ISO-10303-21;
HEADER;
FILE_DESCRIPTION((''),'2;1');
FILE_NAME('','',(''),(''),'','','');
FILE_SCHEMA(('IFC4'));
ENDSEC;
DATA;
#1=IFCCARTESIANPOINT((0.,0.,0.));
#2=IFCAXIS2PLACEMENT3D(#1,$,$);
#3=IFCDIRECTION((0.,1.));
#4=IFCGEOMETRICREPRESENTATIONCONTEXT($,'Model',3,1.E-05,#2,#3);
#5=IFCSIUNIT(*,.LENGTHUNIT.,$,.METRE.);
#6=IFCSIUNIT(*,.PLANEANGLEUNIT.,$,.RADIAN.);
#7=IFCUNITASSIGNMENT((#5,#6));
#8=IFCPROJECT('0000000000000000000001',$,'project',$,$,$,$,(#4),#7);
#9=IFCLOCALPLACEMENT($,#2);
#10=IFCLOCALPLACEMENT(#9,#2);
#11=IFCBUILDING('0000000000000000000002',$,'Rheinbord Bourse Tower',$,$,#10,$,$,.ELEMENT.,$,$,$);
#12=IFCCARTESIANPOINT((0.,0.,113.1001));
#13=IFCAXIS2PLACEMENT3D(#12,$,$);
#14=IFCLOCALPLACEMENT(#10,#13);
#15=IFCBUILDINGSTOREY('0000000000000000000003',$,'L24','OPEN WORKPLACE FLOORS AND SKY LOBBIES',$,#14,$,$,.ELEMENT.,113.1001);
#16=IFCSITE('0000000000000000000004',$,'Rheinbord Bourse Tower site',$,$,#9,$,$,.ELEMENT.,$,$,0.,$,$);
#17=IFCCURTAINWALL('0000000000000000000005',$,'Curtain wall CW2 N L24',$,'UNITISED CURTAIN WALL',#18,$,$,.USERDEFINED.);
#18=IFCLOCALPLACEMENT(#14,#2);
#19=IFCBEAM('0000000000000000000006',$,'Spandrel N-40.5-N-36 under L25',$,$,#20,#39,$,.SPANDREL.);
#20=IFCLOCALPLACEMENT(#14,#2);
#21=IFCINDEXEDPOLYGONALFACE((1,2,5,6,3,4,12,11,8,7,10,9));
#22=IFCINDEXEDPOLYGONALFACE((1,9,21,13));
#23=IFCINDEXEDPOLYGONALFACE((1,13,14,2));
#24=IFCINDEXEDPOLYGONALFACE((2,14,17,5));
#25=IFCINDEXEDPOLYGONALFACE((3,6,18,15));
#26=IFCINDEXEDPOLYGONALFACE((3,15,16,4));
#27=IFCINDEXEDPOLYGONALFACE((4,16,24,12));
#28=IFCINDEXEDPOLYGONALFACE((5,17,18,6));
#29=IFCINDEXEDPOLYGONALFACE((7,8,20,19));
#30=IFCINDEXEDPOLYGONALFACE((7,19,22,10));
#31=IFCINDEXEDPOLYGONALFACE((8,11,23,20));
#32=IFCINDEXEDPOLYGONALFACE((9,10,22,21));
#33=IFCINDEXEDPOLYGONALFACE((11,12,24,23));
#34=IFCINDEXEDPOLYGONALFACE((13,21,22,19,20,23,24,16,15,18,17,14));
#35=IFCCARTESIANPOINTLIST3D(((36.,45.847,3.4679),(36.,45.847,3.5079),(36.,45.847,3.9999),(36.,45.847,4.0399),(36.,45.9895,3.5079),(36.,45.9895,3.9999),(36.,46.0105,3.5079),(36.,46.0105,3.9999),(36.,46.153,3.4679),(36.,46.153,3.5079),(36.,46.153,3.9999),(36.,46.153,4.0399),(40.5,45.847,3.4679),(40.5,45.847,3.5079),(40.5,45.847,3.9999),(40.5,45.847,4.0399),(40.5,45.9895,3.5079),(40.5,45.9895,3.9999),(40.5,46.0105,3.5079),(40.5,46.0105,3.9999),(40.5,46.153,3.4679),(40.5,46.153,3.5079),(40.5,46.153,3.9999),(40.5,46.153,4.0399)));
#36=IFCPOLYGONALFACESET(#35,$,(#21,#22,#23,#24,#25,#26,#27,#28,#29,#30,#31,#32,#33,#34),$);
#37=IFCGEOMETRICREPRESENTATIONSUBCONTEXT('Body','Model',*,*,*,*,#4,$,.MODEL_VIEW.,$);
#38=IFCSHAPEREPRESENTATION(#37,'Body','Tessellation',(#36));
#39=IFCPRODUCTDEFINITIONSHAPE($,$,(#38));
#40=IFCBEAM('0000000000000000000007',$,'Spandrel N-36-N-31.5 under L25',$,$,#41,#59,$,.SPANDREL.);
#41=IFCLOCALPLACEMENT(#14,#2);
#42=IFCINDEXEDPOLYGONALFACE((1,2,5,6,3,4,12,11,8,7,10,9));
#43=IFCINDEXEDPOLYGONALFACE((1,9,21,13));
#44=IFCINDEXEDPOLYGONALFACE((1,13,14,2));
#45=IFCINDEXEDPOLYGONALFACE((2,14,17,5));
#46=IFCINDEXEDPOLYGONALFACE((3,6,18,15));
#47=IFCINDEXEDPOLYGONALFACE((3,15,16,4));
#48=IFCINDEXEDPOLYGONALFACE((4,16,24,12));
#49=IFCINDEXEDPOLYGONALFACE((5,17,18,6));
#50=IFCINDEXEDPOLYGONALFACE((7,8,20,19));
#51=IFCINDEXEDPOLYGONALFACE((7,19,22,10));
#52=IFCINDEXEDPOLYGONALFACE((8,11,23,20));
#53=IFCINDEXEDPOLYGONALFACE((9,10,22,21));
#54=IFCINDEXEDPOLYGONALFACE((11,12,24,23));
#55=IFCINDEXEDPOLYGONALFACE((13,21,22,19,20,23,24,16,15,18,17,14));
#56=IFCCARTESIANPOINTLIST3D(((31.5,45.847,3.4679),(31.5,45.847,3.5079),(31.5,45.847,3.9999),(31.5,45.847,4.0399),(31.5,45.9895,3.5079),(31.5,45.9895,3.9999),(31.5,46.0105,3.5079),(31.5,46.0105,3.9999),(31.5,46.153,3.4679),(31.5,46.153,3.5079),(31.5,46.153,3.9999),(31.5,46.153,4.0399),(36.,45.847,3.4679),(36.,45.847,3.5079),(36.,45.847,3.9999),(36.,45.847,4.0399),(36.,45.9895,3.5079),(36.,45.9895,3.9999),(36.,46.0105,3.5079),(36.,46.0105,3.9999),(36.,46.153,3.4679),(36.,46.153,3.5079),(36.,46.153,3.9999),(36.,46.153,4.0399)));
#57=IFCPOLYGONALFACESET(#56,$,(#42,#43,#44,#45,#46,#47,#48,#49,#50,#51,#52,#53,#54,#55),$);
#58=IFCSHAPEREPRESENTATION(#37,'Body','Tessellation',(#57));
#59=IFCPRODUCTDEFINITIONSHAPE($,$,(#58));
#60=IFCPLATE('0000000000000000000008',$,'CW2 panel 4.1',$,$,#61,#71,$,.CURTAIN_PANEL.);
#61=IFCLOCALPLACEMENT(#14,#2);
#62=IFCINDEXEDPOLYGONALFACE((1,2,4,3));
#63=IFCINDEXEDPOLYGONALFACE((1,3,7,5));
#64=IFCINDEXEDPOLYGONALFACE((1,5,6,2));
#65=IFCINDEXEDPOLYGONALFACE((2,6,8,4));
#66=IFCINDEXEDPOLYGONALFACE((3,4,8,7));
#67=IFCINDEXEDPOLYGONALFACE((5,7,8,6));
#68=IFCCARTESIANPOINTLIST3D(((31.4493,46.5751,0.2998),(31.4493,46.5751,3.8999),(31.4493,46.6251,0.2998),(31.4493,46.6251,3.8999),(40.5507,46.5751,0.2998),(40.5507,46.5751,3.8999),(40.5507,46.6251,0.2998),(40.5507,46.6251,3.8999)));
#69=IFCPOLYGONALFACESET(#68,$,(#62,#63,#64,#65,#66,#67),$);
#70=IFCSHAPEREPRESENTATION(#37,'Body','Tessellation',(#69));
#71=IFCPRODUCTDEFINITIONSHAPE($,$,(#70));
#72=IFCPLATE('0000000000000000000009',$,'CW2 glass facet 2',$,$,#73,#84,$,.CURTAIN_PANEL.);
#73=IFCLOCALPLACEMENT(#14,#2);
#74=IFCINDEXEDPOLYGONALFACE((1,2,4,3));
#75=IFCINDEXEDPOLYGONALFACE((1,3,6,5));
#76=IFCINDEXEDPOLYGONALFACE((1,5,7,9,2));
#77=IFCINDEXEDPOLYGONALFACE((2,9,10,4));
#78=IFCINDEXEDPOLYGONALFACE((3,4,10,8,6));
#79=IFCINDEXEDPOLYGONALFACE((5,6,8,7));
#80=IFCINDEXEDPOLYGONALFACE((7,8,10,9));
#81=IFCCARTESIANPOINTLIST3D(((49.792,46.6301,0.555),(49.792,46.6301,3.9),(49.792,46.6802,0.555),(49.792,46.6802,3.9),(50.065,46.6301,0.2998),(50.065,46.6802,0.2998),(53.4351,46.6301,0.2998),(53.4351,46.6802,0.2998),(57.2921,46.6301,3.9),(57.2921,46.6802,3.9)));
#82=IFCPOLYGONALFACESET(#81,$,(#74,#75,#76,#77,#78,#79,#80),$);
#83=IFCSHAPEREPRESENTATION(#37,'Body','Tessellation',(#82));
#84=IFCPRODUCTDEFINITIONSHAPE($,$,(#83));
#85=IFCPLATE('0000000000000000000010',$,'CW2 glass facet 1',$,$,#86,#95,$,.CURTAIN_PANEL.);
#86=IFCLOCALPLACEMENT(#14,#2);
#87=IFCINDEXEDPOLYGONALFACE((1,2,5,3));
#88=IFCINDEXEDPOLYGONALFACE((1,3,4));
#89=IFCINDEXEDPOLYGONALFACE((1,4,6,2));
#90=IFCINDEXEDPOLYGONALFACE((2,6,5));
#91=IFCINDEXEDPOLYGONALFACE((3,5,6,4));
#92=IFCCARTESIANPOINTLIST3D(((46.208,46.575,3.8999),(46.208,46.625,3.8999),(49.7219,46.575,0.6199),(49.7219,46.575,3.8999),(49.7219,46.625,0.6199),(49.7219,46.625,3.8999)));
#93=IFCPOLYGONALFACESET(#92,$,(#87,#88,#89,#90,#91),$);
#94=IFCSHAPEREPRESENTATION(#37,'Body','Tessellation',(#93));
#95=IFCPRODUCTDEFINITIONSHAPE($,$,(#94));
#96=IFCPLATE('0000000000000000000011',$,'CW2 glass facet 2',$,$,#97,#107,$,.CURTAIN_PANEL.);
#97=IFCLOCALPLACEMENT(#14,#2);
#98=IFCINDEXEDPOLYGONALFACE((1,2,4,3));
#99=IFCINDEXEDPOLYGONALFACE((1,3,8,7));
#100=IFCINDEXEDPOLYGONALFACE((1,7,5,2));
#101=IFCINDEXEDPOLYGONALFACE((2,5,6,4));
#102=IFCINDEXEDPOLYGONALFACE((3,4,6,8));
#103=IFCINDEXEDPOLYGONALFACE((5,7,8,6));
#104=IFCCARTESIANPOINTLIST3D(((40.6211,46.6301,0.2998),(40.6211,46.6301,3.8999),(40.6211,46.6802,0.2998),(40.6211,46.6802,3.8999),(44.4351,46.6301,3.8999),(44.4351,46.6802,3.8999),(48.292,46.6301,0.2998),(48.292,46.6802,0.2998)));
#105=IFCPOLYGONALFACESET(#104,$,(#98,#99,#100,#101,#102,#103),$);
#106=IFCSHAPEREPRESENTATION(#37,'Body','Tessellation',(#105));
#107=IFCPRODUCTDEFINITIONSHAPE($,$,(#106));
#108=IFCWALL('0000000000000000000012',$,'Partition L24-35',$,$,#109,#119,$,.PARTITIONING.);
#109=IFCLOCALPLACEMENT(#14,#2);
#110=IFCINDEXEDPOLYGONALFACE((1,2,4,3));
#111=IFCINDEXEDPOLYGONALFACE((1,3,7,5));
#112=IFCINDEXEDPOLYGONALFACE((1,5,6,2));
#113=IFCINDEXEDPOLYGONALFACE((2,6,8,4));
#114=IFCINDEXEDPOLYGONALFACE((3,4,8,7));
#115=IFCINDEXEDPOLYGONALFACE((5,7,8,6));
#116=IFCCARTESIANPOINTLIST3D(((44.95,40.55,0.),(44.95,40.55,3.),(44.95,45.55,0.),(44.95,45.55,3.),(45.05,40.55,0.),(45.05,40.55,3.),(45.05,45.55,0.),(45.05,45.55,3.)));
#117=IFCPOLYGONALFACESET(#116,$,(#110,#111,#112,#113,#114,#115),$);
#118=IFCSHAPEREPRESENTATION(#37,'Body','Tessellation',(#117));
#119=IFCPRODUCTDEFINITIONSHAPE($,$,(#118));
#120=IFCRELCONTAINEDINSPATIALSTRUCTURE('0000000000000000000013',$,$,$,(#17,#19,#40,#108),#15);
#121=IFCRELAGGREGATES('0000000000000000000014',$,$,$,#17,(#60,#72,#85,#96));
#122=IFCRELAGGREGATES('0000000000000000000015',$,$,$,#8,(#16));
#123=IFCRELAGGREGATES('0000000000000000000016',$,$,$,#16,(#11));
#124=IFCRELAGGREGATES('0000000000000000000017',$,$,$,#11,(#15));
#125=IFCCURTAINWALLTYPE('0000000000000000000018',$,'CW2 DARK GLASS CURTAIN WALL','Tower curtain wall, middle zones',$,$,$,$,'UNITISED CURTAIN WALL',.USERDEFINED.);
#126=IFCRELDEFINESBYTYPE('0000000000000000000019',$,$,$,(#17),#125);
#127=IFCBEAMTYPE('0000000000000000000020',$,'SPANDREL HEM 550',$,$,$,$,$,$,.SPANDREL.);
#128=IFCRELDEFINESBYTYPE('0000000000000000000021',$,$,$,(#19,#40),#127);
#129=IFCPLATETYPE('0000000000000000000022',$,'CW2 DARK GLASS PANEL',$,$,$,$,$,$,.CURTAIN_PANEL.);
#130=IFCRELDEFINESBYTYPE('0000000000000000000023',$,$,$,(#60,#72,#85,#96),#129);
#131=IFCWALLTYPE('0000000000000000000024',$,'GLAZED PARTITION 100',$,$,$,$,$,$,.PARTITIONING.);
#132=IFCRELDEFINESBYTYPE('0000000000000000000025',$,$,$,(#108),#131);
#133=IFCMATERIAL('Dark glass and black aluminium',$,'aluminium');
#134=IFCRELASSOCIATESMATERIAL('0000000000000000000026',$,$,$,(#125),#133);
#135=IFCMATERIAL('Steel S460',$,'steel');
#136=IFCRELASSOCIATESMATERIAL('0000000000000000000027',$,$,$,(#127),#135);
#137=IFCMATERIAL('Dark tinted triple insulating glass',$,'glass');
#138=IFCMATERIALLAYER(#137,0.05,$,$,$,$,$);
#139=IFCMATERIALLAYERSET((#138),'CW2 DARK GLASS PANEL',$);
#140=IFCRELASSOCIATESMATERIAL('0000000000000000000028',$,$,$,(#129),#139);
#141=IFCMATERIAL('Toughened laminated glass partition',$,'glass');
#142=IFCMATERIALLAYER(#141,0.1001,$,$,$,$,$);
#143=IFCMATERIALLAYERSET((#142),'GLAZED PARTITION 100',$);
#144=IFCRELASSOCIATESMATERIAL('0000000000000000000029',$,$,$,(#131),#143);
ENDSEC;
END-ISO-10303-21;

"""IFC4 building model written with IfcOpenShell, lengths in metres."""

from ifc_helpers import new_model, si_unit, direction, frame, frame_2d, origin, origin_2d, place, context, subcontext, project, spatial, polyline, rectangle, i_section, outline, extrude, material, layer, layer_set, material_profile, profile_set, type_object, element, aggregate, save


model = new_model("IFC4")

# Units and contexts
model_context = context("Model", 3, precision=1e-05, world=origin(), true_north=direction((0.0, 1.0)))
body_context = subcontext(model_context, "Body", "Model", "MODEL_VIEW")
ifc_project = project(units=[si_unit("LENGTHUNIT", "METRE"), si_unit("PLANEANGLEUNIT", "RADIAN")], contexts=[model_context])

# Site, building, storey
site_placement = place(None, origin())
site = spatial("IfcSite", under=ifc_project, at=site_placement, Name="Rheinbord Bourse Tower site", CompositionType="ELEMENT", RefElevation=0.0)
building_placement = place(site_placement, origin())
building = spatial("IfcBuilding", under=site, at=building_placement, Name="Rheinbord Bourse Tower", CompositionType="ELEMENT")
storey_placement = place(building_placement, frame((0.0, 0.0, 113.1001)))
storey = spatial("IfcBuildingStorey", under=building, at=storey_placement, Name="L24", Description="OPEN WORKPLACE FLOORS AND SKY LOBBIES", CompositionType="ELEMENT", Elevation=113.1001)

# Curtain wall
ifc_material_1 = material(Name="Dark glass and black aluminium", Category="aluminium")
curtain_wall_type = type_object("IfcCurtainWallType", Name="CW2 DARK GLASS CURTAIN WALL", Description="Tower curtain wall, middle zones", ElementType="UNITISED CURTAIN WALL", PredefinedType="USERDEFINED", material=ifc_material_1)
curtain_wall_placement = place(storey_placement, origin())
curtain_wall = element("IfcCurtainWall", 1, at=curtain_wall_placement, inside=storey, type_object=curtain_wall_type, Name="Curtain wall CW2 N L24", ObjectType="UNITISED CURTAIN WALL", PredefinedType="USERDEFINED")

# Beams
ifc_material_2 = material(Name="Steel S460", Category="steel")
ifc_material_profile_1 = material_profile(ifc_material_2, i_section(OverallWidth=0.3059, OverallDepth=0.572, WebThickness=0.021, FlangeThickness=0.04, at=origin_2d()), Name="HEM 550")
ifc_profile_set_1 = profile_set([ifc_material_profile_1], Name="Steel S460")
beam_type_1 = type_object("IfcBeamType", Name="SPANDREL HEM 550", PredefinedType="SPANDREL", material=ifc_profile_set_1)
for number, where, z_axis, x_axis, name in (
    (2, (40.5, 46.0, 3.7539), (-1.0, 0.0, 0.0), (0.0, -1.0, 0.0), "Spandrel N-40.5-N-36 under L25"),
    (3, (36.0, 46.0, 3.7539), (-1.0, 0.0, 0.0), (0.0, -1.0, 0.0), "Spandrel N-36-N-31.5 under L25"),
):
    element("IfcBeam", number, at=place(storey_placement, frame(where, z_axis=z_axis, x_axis=x_axis)), inside=storey, type_object=beam_type_1, Name=name, PredefinedType="SPANDREL", context=body_context, shape_type="SweptSolid", body=[
        extrude(i_section(OverallWidth=0.3059, OverallDepth=0.572, WebThickness=0.021, FlangeThickness=0.04, at=origin_2d()), origin(), (0.0, 0.0, 1.0), 4.5),
    ])

# Plates
ifc_material_3 = material(Name="Dark tinted triple insulating glass", Category="glass")
ifc_layer_1 = layer(ifc_material_3, 0.05)
ifc_layer_set_1 = layer_set([ifc_layer_1], Name="CW2 DARK GLASS PANEL")
plate_type = type_object("IfcPlateType", Name="CW2 DARK GLASS PANEL", PredefinedType="CURTAIN_PANEL", material=ifc_layer_set_1)
plate_1_placement = place(storey_placement, frame((36.0, 46.6001, 0.2998), z_axis=(0.0, 0.0, 1.0), x_axis=(-1.0, 0.0, 0.0)))
plate_1 = element("IfcPlate", 4, at=plate_1_placement, type_object=plate_type, Name="CW2 panel 4.1", PredefinedType="CURTAIN_PANEL", context=body_context, shape_type="SweptSolid", body=[
    extrude(rectangle(XDim=9.1013, YDim=0.05, at=origin_2d()), origin(), (0.0, 0.0, 1.0), 3.6001),
])
plate_2_placement = place(storey_placement, frame((53.4351, 46.6802, 0.2998), z_axis=(0.0, -1.0, 0.0), x_axis=(0.731028, 0.0, 0.682348)))
plate_2 = element("IfcPlate", 5, at=plate_2_placement, type_object=plate_type, Name="CW2 glass facet 2", PredefinedType="CURTAIN_PANEL", context=body_context, shape_type="SweptSolid", body=[
    extrude(outline(polyline([(0.0, 0.0), (5.2761, 0.0), (-0.2065, 5.1177), (-2.489, 2.6724), (-2.4636, 2.2996), (0.0, 0.0)])), origin(), (0.0, 0.0, 1.0), 0.05),
])
plate_3_placement = place(storey_placement, frame((49.7219, 46.625, 3.8999), z_axis=(0.0, -1.0, 0.0), x_axis=(-1.0, 0.0, 0.0)))
plate_3 = element("IfcPlate", 6, at=plate_3_placement, type_object=plate_type, Name="CW2 glass facet 1", PredefinedType="CURTAIN_PANEL", context=body_context, shape_type="SweptSolid", body=[
    extrude(outline(polyline([(0.0, 0.0), (3.5139, 0.0), (0.0, 3.28), (0.0, 0.0)])), origin(), (0.0, 0.0, 1.0), 0.05),
])
plate_4_placement = place(storey_placement, frame((40.6211, 46.6802, 3.8999), z_axis=(0.0, -1.0, 0.0), x_axis=(0.0, 0.0, -1.0)))
plate_4 = element("IfcPlate", 7, at=plate_4_placement, type_object=plate_type, Name="CW2 glass facet 2", PredefinedType="CURTAIN_PANEL", context=body_context, shape_type="SweptSolid", body=[
    extrude(outline(polyline([(0.0, 0.0), (3.6001, 0.0), (3.6001, 7.6709), (0.0, 3.814), (0.0, 0.0)])), origin(), (0.0, 0.0, 1.0), 0.05),
])
aggregate(curtain_wall, [plate_1, plate_2, plate_3, plate_4])

# Wall
ifc_material_4 = material(Name="Toughened laminated glass partition", Category="glass")
ifc_layer_2 = layer(ifc_material_4, 0.1001)
ifc_layer_set_2 = layer_set([ifc_layer_2], Name="GLAZED PARTITION 100")
wall_type = type_object("IfcWallType", Name="GLAZED PARTITION 100", PredefinedType="PARTITIONING", material=ifc_layer_set_2)
wall_placement = place(storey_placement, frame((45.0, 40.55, 0.0), z_axis=(0.0, 0.0, 1.0), x_axis=(0.0, 1.0, 0.0)))
element("IfcWall", 8, at=wall_placement, inside=storey, type_object=wall_type, Name="Partition L24-35", PredefinedType="PARTITIONING", context=body_context, shape_type="SweptSolid", body=[
    extrude(rectangle(XDim=5.0, YDim=0.1001, at=frame_2d((2.5, 0.0))), origin(), (0.0, 0.0, 1.0), 3.0),
])

save(model, "model.ifc")
